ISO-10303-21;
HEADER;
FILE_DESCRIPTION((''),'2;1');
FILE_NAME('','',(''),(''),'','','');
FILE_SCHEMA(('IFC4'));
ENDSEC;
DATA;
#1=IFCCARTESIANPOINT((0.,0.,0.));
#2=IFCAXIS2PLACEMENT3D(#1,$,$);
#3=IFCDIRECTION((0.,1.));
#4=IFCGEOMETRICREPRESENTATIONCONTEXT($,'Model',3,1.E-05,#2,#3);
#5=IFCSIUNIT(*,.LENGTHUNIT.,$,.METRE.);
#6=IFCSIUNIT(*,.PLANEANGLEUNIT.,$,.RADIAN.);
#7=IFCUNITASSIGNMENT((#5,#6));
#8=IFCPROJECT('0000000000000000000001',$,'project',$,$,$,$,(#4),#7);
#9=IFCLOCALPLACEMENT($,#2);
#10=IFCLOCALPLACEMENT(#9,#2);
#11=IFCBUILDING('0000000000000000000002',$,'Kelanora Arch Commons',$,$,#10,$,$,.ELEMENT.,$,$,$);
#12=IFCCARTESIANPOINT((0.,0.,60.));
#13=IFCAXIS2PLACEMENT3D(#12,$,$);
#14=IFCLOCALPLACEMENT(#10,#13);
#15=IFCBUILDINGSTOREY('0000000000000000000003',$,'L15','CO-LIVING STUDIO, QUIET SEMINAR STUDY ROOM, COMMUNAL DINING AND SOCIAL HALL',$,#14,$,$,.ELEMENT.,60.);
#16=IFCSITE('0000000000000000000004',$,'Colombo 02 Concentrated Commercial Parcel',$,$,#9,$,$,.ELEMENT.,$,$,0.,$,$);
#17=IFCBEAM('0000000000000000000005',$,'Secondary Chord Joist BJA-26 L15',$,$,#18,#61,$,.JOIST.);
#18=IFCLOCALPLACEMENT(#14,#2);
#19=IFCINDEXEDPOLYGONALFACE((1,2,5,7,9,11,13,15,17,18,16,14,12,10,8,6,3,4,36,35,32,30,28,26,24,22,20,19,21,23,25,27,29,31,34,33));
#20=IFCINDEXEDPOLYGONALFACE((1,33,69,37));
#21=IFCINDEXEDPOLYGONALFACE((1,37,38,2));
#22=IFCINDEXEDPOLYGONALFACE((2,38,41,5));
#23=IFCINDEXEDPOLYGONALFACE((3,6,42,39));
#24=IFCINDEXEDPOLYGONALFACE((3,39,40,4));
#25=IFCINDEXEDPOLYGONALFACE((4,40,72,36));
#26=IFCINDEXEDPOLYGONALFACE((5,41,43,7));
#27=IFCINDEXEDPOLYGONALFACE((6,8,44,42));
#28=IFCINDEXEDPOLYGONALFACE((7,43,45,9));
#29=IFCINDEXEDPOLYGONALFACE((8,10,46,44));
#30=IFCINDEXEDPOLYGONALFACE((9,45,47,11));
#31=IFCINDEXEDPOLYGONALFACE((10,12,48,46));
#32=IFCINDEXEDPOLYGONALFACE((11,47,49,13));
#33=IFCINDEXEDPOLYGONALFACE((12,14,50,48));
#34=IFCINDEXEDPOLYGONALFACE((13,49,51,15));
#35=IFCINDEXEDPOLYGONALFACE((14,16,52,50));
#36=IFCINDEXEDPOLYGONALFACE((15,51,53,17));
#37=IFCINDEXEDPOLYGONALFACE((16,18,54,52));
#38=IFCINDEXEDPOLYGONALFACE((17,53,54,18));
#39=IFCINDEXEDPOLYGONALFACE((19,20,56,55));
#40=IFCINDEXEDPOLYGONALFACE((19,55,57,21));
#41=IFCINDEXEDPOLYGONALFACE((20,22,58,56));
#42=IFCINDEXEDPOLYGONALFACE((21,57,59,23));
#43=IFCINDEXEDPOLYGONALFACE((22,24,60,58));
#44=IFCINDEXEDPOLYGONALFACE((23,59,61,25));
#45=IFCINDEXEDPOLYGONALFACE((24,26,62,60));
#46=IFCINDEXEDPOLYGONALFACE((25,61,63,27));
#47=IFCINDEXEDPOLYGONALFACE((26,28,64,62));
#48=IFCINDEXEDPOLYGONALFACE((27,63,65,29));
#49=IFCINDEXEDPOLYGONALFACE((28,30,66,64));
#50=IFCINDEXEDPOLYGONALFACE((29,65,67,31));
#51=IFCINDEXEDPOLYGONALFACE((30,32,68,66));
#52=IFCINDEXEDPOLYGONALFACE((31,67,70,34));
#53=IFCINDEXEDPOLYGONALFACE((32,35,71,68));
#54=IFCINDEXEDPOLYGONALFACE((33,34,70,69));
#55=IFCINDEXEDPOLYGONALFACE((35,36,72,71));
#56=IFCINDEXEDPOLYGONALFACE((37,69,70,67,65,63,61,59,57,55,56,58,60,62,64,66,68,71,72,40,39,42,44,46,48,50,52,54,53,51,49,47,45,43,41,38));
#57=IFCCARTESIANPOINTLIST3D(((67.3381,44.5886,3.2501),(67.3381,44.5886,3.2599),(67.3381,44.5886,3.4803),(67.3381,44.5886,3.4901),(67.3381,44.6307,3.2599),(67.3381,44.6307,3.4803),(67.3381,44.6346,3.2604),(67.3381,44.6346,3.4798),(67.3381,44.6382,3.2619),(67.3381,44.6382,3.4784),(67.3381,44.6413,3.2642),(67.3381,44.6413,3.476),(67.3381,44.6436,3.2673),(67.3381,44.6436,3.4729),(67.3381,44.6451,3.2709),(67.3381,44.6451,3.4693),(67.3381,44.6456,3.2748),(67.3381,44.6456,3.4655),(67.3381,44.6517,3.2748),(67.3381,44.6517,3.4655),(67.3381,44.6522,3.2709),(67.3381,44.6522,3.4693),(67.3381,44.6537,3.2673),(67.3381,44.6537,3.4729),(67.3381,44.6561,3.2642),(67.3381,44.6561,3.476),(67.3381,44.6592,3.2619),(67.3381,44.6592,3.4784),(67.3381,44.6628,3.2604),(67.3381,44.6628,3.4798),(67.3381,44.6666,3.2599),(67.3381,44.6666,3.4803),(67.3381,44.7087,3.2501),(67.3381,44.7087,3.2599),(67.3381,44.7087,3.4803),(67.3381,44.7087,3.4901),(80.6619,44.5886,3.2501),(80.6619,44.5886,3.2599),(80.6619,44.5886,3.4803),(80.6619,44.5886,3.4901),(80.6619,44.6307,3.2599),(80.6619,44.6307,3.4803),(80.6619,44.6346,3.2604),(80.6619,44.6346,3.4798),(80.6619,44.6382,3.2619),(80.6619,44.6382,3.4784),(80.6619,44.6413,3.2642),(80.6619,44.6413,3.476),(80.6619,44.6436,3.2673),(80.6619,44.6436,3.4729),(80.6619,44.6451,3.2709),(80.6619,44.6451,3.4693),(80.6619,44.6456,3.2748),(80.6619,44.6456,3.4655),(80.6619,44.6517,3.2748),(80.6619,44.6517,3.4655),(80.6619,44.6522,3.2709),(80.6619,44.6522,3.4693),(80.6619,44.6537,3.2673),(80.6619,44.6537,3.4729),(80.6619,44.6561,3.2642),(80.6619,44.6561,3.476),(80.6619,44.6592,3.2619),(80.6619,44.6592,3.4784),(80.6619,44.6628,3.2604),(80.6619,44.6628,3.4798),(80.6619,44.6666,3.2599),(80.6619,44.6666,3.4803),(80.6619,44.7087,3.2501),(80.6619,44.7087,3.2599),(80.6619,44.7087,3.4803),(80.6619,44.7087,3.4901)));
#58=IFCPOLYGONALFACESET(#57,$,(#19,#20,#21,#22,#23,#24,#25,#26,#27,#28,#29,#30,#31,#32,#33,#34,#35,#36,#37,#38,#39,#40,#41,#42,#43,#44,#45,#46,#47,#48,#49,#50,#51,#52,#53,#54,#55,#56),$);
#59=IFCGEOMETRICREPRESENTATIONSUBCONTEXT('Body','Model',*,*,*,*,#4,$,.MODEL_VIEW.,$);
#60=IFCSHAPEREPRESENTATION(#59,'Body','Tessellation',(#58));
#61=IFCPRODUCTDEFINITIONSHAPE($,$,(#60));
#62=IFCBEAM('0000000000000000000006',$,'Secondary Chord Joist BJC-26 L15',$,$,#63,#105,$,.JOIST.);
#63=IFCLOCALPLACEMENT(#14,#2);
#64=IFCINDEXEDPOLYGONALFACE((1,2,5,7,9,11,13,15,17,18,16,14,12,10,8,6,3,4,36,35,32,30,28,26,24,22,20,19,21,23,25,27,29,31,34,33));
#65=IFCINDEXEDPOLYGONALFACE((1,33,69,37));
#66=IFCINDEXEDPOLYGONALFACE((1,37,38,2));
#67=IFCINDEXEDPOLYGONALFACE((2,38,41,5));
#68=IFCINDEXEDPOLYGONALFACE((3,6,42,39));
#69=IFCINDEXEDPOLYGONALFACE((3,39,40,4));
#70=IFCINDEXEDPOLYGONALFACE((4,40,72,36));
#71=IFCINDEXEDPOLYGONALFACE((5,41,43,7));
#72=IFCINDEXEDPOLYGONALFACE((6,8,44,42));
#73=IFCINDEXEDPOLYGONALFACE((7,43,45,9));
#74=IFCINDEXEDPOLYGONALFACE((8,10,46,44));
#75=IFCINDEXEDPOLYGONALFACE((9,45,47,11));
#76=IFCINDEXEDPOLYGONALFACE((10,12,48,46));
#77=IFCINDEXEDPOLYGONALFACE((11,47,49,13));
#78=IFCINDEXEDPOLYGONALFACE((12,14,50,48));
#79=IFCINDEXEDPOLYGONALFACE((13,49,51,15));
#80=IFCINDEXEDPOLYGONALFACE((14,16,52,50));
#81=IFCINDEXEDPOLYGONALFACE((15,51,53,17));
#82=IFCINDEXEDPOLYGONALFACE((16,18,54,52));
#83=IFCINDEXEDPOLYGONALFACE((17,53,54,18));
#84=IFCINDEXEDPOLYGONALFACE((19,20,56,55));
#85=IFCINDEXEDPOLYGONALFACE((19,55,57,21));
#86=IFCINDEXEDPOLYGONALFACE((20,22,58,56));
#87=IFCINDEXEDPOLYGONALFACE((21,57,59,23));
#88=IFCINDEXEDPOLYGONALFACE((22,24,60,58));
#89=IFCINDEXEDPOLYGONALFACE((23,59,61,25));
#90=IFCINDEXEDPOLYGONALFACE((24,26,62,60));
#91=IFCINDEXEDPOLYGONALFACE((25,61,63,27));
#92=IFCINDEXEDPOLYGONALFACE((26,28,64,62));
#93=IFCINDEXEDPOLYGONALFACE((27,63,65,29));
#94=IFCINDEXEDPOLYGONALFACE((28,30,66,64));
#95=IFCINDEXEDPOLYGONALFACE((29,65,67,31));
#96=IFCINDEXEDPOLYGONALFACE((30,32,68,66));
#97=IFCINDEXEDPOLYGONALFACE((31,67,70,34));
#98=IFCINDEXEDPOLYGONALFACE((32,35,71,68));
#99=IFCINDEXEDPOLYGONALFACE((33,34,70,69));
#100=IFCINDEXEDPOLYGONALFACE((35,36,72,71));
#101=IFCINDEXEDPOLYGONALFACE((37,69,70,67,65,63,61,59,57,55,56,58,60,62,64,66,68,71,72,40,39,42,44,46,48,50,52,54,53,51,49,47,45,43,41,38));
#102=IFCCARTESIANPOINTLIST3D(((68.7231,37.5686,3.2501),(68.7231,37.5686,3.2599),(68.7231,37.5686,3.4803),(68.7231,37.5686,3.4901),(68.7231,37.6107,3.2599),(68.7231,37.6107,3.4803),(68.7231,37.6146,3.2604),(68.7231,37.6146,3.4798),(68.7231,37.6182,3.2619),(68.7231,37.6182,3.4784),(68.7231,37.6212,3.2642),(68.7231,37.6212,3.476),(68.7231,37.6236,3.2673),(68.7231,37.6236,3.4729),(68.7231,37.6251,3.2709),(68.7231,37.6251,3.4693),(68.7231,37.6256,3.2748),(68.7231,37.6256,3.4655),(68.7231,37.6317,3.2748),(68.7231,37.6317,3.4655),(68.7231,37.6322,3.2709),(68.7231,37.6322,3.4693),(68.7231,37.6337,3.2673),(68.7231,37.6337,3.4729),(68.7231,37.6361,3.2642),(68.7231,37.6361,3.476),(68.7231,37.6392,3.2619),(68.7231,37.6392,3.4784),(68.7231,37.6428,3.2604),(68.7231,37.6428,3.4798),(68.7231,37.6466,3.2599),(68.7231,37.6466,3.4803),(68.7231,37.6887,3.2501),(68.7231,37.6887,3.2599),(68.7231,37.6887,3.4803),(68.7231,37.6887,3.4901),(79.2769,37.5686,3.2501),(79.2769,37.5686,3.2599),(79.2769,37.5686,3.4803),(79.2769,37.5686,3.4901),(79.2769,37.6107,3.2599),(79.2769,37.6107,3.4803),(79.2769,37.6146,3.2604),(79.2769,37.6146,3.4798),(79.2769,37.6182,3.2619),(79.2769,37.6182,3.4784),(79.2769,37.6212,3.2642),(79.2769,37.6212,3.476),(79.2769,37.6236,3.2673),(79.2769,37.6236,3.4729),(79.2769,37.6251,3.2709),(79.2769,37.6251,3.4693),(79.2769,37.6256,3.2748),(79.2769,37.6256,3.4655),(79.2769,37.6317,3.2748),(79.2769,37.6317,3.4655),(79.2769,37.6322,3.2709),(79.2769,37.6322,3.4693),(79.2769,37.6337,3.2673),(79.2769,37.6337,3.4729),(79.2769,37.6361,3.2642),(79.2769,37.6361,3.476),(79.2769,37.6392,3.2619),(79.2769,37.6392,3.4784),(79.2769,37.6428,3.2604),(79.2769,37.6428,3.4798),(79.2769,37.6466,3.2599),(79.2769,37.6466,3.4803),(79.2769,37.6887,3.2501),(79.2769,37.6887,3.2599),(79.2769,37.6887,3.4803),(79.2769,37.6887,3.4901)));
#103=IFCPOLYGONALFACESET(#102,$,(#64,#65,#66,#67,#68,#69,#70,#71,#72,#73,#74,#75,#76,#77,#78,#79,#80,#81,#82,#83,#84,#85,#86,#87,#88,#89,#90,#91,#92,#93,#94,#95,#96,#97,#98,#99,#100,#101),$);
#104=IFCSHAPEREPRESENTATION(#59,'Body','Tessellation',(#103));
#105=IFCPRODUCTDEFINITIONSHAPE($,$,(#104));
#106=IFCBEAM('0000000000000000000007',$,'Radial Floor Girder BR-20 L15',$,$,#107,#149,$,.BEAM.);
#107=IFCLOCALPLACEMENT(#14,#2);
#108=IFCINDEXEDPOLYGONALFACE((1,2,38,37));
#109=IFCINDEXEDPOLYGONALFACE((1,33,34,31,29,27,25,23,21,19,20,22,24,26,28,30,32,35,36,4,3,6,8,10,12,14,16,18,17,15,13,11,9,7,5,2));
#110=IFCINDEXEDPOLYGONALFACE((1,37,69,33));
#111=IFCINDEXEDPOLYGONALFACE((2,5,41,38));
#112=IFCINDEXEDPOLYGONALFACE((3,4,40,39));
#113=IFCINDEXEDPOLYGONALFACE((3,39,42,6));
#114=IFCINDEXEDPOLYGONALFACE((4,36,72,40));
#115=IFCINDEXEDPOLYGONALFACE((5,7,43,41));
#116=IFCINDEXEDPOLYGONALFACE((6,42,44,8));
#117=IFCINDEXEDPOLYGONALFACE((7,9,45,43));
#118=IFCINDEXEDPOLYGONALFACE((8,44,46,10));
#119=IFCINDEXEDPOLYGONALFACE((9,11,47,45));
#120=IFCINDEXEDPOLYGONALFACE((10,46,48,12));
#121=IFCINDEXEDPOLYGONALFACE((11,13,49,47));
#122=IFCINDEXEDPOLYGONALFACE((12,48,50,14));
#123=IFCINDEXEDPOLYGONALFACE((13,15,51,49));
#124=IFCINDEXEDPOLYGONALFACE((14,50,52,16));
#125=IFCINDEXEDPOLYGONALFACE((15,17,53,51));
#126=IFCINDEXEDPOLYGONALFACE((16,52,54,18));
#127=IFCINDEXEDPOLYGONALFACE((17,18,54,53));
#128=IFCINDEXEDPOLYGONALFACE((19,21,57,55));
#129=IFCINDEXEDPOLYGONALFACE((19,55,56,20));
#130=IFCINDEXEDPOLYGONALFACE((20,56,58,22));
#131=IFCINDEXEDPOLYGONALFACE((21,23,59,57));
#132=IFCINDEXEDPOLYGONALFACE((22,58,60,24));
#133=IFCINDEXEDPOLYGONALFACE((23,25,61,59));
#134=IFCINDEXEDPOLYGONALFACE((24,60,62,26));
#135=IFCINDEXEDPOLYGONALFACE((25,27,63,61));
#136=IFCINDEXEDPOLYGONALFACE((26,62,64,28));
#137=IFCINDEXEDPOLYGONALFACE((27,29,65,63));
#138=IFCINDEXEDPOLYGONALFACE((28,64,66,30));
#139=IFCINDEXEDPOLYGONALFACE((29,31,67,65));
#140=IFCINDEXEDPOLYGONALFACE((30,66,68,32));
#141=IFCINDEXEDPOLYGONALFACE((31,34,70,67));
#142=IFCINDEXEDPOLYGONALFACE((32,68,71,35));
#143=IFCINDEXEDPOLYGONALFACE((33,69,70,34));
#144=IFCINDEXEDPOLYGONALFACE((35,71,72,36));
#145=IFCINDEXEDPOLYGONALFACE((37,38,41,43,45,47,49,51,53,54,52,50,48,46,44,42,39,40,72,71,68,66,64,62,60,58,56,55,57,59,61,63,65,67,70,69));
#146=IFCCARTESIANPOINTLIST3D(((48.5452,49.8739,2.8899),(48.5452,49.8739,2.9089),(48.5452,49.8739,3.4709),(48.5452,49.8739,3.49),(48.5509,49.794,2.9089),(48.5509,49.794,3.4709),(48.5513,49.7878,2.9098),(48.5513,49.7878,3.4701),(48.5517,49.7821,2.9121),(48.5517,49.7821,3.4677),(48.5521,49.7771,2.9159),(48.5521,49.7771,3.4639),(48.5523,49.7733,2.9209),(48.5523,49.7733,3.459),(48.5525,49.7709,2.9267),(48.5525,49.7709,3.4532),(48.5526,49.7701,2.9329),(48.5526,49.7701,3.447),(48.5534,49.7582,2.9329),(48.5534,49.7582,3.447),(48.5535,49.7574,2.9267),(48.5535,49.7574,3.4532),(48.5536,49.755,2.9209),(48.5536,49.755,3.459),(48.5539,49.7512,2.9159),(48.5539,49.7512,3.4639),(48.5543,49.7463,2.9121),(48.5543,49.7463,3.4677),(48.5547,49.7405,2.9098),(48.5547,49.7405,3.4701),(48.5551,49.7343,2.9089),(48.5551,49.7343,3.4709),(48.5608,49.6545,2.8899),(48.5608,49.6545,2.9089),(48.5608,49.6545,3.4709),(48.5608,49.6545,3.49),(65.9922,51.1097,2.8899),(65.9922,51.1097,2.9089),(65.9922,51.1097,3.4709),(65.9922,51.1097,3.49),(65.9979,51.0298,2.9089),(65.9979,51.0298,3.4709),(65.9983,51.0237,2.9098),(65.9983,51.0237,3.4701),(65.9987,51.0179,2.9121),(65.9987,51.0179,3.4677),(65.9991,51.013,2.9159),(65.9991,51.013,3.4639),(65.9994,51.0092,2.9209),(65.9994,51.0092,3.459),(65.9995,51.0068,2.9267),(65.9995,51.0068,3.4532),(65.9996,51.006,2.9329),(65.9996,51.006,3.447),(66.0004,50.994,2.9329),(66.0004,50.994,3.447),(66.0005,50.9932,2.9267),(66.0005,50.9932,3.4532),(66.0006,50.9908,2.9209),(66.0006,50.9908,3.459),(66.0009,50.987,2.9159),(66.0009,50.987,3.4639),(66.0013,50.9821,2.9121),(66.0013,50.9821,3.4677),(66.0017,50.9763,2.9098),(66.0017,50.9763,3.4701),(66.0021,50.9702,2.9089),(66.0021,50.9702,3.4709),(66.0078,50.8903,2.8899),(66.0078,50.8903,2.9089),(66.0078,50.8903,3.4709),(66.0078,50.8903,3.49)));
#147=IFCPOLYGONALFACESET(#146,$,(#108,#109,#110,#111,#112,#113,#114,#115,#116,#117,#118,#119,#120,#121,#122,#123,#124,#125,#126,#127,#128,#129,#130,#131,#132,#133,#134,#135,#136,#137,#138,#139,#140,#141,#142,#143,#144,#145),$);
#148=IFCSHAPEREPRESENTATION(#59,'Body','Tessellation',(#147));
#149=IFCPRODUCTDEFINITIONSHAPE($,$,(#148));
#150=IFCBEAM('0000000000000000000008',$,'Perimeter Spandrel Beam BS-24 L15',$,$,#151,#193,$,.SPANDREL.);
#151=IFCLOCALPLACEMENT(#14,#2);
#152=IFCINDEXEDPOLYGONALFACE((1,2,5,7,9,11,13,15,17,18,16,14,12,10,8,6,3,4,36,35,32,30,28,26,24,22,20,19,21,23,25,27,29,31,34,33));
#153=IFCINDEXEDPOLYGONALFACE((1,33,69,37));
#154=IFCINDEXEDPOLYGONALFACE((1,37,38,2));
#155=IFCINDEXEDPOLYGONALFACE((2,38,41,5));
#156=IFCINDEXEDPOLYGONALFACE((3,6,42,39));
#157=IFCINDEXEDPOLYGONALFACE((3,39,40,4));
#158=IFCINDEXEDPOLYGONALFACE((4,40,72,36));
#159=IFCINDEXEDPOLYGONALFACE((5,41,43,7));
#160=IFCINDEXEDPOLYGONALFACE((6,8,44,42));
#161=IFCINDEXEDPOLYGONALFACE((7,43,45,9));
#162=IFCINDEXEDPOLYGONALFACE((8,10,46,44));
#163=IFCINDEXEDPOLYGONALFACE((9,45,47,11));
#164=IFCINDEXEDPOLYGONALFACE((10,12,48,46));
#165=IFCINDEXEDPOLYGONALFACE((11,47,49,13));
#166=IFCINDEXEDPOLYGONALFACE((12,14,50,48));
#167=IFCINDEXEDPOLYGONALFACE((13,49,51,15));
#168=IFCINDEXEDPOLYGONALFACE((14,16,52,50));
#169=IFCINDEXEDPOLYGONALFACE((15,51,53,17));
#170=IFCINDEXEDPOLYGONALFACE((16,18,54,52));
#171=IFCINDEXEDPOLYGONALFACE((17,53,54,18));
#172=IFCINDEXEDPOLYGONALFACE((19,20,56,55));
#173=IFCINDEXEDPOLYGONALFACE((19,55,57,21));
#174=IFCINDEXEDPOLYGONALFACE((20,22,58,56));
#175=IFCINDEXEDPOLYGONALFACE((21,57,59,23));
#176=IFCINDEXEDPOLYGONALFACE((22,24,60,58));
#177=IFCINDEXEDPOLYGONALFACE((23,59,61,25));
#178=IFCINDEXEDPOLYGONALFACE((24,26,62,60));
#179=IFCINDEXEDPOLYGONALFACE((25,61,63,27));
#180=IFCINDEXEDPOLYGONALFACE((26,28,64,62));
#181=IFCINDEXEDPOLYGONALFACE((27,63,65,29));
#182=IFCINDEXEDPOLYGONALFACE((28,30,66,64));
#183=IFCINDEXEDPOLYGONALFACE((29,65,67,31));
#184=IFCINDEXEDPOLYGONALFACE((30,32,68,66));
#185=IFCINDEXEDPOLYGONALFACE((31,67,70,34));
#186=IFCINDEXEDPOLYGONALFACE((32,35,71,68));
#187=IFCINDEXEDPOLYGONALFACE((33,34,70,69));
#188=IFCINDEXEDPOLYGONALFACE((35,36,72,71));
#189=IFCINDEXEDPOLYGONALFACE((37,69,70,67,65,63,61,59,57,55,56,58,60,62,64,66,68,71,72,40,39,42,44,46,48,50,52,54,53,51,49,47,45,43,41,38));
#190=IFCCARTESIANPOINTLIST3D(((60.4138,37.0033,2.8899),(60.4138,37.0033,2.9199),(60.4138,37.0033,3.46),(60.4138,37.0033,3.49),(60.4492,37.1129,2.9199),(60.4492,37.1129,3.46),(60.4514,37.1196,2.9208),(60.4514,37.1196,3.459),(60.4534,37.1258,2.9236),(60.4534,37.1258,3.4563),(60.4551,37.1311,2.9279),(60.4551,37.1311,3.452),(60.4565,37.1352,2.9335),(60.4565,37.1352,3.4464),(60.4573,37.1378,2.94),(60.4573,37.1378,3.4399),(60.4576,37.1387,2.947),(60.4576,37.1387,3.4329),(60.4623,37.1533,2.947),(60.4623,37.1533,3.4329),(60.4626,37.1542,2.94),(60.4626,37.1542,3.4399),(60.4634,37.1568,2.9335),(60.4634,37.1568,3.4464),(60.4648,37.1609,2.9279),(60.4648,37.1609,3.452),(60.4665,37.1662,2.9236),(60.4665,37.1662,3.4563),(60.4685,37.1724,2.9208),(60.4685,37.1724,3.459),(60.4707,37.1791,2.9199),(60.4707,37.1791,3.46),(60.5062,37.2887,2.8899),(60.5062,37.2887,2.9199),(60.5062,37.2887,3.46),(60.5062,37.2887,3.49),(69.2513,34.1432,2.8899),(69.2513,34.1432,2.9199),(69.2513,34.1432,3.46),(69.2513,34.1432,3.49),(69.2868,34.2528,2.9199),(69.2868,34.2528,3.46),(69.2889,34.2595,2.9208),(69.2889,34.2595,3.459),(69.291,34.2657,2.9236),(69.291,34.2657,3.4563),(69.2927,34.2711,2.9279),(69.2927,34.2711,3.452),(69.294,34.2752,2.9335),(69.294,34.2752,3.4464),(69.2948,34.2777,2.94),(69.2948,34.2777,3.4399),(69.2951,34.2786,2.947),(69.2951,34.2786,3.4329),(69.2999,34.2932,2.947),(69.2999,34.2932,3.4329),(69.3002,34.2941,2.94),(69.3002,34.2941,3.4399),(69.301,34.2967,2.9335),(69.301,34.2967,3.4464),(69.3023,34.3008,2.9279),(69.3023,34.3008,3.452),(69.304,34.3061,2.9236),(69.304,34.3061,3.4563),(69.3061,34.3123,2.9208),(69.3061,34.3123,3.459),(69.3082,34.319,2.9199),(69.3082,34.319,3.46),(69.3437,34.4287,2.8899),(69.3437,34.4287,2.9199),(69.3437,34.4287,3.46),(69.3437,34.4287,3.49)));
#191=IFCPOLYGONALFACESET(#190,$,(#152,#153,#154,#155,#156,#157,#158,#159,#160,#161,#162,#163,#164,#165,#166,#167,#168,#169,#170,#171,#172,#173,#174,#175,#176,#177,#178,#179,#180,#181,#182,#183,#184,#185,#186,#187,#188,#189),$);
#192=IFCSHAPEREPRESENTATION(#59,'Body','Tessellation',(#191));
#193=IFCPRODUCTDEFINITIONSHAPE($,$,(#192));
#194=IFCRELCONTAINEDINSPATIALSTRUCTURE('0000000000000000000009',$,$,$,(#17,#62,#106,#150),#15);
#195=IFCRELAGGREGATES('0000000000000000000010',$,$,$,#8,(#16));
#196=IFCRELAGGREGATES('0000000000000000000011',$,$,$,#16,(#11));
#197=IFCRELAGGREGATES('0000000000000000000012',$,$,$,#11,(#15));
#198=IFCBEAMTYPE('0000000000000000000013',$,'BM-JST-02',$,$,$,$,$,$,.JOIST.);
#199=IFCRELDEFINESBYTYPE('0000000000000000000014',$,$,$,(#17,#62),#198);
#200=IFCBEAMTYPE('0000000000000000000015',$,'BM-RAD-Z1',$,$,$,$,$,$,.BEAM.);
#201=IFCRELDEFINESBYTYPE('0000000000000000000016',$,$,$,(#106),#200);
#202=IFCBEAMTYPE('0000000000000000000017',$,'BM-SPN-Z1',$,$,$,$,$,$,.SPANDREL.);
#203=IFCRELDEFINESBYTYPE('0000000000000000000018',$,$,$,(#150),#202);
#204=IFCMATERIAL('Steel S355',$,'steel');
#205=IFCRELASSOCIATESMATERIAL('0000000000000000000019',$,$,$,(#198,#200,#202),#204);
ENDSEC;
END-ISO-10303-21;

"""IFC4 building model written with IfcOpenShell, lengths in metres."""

from ifc_helpers import new_model, si_unit, direction, frame, origin, origin_2d, place, context, subcontext, project, spatial, i_section, extrude, material, material_profile, profile_set, type_object, element, save


model = new_model("IFC4")

# Units and contexts
model_context = context("Model", 3, precision=1e-05, world=origin(), true_north=direction((0.0, 1.0)))
body_context = subcontext(model_context, "Body", "Model", "MODEL_VIEW")
ifc_project = project(units=[si_unit("LENGTHUNIT", "METRE"), si_unit("PLANEANGLEUNIT", "RADIAN")], contexts=[model_context])

# Site, building, storey
site_placement = place(None, origin())
site = spatial("IfcSite", under=ifc_project, at=site_placement, Name="Colombo 02 Concentrated Commercial Parcel", CompositionType="ELEMENT", RefElevation=0.0)
building_placement = place(site_placement, origin())
building = spatial("IfcBuilding", under=site, at=building_placement, Name="Kelanora Arch Commons", CompositionType="ELEMENT")
storey_placement = place(building_placement, frame((0.0, 0.0, 60.0)))
storey = spatial("IfcBuildingStorey", under=building, at=storey_placement, Name="L15", Description="CO-LIVING STUDIO, QUIET SEMINAR STUDY ROOM, COMMUNAL DINING AND SOCIAL HALL", CompositionType="ELEMENT", Elevation=60.0)

# Beams
ifc_material_1 = material(Name="Steel S355", Category="steel")
ifc_material_profile_1 = material_profile(ifc_material_1, i_section(OverallWidth=0.1201, OverallDepth=0.24, WebThickness=0.0061, FlangeThickness=0.0098, FilletRadius=0.0149, at=origin_2d()), Name="IPE240")
ifc_profile_set_1 = profile_set([ifc_material_profile_1], Name="Steel S355")
beam_type_1 = type_object("IfcBeamType", Name="BM-JST-02", PredefinedType="JOIST", material=ifc_profile_set_1)
beam_1_placement = place(storey_placement, frame((67.3381, 44.6487, 3.3701), z_axis=(1.0, 0.0, 0.0), x_axis=(0.0, 1.0, 0.0)))
element("IfcBeam", 1, at=beam_1_placement, inside=storey, type_object=beam_type_1, Name="Secondary Chord Joist BJA-26 L15", PredefinedType="JOIST", context=body_context, shape_type="SweptSolid", body=[
    extrude(i_section(OverallWidth=0.1201, OverallDepth=0.24, WebThickness=0.0061, FlangeThickness=0.0098, FilletRadius=0.0149, at=origin_2d()), origin(), (0.0, 0.0, 1.0), 13.3237),
])
beam_2_placement = place(storey_placement, frame((68.7231, 37.6287, 3.3701), z_axis=(1.0, 0.0, 0.0), x_axis=(0.0, 1.0, 0.0)))
element("IfcBeam", 2, at=beam_2_placement, inside=storey, type_object=beam_type_1, Name="Secondary Chord Joist BJC-26 L15", PredefinedType="JOIST", context=body_context, shape_type="SweptSolid", body=[
    extrude(i_section(OverallWidth=0.1201, OverallDepth=0.24, WebThickness=0.0061, FlangeThickness=0.0098, FilletRadius=0.0149, at=origin_2d()), origin(), (0.0, 0.0, 1.0), 10.5537),
])
ifc_material_profile_2 = material_profile(ifc_material_1, i_section(OverallWidth=0.22, OverallDepth=0.6001, WebThickness=0.012, FlangeThickness=0.019, FilletRadius=0.0239, at=origin_2d()), Name="IPE600")
ifc_profile_set_2 = profile_set([ifc_material_profile_2], Name="Steel S355")
beam_type_2 = type_object("IfcBeamType", Name="BM-RAD-Z1", PredefinedType="BEAM", material=ifc_profile_set_2)
beam_3_placement = place(storey_placement, frame((66.0, 51.0, 3.1899), z_axis=(-0.997501, -0.070657, 0.0), x_axis=(0.070657, -0.997501, 0.0)))
element("IfcBeam", 3, at=beam_3_placement, inside=storey, type_object=beam_type_2, Name="Radial Floor Girder BR-20 L15", PredefinedType="BEAM", context=body_context, shape_type="SweptSolid", body=[
    extrude(i_section(OverallWidth=0.22, OverallDepth=0.6001, WebThickness=0.012, FlangeThickness=0.019, FilletRadius=0.0239, at=origin_2d()), origin(), (0.0, 0.0, 1.0), 17.4907),
])
ifc_material_profile_3 = material_profile(ifc_material_1, i_section(OverallWidth=0.3, OverallDepth=0.6001, WebThickness=0.0154, FlangeThickness=0.03, FilletRadius=0.0271, at=origin_2d()), Name="HEB600")
ifc_profile_set_3 = profile_set([ifc_material_profile_3], Name="Steel S355")
beam_type_3 = type_object("IfcBeamType", Name="BM-SPN-Z1", PredefinedType="SPANDREL", material=ifc_profile_set_3)
beam_4_placement = place(storey_placement, frame((60.46, 37.146, 3.1899), z_axis=(0.951417, -0.307905, 0.0), x_axis=(0.307905, 0.951417, 0.0)))
element("IfcBeam", 4, at=beam_4_placement, inside=storey, type_object=beam_type_3, Name="Perimeter Spandrel Beam BS-24 L15", PredefinedType="SPANDREL", context=body_context, shape_type="SweptSolid", body=[
    extrude(i_section(OverallWidth=0.3, OverallDepth=0.6001, WebThickness=0.0154, FlangeThickness=0.03, FilletRadius=0.0271, at=origin_2d()), origin(), (0.0, 0.0, 1.0), 9.2888),
])

save(model, "model.ifc")
